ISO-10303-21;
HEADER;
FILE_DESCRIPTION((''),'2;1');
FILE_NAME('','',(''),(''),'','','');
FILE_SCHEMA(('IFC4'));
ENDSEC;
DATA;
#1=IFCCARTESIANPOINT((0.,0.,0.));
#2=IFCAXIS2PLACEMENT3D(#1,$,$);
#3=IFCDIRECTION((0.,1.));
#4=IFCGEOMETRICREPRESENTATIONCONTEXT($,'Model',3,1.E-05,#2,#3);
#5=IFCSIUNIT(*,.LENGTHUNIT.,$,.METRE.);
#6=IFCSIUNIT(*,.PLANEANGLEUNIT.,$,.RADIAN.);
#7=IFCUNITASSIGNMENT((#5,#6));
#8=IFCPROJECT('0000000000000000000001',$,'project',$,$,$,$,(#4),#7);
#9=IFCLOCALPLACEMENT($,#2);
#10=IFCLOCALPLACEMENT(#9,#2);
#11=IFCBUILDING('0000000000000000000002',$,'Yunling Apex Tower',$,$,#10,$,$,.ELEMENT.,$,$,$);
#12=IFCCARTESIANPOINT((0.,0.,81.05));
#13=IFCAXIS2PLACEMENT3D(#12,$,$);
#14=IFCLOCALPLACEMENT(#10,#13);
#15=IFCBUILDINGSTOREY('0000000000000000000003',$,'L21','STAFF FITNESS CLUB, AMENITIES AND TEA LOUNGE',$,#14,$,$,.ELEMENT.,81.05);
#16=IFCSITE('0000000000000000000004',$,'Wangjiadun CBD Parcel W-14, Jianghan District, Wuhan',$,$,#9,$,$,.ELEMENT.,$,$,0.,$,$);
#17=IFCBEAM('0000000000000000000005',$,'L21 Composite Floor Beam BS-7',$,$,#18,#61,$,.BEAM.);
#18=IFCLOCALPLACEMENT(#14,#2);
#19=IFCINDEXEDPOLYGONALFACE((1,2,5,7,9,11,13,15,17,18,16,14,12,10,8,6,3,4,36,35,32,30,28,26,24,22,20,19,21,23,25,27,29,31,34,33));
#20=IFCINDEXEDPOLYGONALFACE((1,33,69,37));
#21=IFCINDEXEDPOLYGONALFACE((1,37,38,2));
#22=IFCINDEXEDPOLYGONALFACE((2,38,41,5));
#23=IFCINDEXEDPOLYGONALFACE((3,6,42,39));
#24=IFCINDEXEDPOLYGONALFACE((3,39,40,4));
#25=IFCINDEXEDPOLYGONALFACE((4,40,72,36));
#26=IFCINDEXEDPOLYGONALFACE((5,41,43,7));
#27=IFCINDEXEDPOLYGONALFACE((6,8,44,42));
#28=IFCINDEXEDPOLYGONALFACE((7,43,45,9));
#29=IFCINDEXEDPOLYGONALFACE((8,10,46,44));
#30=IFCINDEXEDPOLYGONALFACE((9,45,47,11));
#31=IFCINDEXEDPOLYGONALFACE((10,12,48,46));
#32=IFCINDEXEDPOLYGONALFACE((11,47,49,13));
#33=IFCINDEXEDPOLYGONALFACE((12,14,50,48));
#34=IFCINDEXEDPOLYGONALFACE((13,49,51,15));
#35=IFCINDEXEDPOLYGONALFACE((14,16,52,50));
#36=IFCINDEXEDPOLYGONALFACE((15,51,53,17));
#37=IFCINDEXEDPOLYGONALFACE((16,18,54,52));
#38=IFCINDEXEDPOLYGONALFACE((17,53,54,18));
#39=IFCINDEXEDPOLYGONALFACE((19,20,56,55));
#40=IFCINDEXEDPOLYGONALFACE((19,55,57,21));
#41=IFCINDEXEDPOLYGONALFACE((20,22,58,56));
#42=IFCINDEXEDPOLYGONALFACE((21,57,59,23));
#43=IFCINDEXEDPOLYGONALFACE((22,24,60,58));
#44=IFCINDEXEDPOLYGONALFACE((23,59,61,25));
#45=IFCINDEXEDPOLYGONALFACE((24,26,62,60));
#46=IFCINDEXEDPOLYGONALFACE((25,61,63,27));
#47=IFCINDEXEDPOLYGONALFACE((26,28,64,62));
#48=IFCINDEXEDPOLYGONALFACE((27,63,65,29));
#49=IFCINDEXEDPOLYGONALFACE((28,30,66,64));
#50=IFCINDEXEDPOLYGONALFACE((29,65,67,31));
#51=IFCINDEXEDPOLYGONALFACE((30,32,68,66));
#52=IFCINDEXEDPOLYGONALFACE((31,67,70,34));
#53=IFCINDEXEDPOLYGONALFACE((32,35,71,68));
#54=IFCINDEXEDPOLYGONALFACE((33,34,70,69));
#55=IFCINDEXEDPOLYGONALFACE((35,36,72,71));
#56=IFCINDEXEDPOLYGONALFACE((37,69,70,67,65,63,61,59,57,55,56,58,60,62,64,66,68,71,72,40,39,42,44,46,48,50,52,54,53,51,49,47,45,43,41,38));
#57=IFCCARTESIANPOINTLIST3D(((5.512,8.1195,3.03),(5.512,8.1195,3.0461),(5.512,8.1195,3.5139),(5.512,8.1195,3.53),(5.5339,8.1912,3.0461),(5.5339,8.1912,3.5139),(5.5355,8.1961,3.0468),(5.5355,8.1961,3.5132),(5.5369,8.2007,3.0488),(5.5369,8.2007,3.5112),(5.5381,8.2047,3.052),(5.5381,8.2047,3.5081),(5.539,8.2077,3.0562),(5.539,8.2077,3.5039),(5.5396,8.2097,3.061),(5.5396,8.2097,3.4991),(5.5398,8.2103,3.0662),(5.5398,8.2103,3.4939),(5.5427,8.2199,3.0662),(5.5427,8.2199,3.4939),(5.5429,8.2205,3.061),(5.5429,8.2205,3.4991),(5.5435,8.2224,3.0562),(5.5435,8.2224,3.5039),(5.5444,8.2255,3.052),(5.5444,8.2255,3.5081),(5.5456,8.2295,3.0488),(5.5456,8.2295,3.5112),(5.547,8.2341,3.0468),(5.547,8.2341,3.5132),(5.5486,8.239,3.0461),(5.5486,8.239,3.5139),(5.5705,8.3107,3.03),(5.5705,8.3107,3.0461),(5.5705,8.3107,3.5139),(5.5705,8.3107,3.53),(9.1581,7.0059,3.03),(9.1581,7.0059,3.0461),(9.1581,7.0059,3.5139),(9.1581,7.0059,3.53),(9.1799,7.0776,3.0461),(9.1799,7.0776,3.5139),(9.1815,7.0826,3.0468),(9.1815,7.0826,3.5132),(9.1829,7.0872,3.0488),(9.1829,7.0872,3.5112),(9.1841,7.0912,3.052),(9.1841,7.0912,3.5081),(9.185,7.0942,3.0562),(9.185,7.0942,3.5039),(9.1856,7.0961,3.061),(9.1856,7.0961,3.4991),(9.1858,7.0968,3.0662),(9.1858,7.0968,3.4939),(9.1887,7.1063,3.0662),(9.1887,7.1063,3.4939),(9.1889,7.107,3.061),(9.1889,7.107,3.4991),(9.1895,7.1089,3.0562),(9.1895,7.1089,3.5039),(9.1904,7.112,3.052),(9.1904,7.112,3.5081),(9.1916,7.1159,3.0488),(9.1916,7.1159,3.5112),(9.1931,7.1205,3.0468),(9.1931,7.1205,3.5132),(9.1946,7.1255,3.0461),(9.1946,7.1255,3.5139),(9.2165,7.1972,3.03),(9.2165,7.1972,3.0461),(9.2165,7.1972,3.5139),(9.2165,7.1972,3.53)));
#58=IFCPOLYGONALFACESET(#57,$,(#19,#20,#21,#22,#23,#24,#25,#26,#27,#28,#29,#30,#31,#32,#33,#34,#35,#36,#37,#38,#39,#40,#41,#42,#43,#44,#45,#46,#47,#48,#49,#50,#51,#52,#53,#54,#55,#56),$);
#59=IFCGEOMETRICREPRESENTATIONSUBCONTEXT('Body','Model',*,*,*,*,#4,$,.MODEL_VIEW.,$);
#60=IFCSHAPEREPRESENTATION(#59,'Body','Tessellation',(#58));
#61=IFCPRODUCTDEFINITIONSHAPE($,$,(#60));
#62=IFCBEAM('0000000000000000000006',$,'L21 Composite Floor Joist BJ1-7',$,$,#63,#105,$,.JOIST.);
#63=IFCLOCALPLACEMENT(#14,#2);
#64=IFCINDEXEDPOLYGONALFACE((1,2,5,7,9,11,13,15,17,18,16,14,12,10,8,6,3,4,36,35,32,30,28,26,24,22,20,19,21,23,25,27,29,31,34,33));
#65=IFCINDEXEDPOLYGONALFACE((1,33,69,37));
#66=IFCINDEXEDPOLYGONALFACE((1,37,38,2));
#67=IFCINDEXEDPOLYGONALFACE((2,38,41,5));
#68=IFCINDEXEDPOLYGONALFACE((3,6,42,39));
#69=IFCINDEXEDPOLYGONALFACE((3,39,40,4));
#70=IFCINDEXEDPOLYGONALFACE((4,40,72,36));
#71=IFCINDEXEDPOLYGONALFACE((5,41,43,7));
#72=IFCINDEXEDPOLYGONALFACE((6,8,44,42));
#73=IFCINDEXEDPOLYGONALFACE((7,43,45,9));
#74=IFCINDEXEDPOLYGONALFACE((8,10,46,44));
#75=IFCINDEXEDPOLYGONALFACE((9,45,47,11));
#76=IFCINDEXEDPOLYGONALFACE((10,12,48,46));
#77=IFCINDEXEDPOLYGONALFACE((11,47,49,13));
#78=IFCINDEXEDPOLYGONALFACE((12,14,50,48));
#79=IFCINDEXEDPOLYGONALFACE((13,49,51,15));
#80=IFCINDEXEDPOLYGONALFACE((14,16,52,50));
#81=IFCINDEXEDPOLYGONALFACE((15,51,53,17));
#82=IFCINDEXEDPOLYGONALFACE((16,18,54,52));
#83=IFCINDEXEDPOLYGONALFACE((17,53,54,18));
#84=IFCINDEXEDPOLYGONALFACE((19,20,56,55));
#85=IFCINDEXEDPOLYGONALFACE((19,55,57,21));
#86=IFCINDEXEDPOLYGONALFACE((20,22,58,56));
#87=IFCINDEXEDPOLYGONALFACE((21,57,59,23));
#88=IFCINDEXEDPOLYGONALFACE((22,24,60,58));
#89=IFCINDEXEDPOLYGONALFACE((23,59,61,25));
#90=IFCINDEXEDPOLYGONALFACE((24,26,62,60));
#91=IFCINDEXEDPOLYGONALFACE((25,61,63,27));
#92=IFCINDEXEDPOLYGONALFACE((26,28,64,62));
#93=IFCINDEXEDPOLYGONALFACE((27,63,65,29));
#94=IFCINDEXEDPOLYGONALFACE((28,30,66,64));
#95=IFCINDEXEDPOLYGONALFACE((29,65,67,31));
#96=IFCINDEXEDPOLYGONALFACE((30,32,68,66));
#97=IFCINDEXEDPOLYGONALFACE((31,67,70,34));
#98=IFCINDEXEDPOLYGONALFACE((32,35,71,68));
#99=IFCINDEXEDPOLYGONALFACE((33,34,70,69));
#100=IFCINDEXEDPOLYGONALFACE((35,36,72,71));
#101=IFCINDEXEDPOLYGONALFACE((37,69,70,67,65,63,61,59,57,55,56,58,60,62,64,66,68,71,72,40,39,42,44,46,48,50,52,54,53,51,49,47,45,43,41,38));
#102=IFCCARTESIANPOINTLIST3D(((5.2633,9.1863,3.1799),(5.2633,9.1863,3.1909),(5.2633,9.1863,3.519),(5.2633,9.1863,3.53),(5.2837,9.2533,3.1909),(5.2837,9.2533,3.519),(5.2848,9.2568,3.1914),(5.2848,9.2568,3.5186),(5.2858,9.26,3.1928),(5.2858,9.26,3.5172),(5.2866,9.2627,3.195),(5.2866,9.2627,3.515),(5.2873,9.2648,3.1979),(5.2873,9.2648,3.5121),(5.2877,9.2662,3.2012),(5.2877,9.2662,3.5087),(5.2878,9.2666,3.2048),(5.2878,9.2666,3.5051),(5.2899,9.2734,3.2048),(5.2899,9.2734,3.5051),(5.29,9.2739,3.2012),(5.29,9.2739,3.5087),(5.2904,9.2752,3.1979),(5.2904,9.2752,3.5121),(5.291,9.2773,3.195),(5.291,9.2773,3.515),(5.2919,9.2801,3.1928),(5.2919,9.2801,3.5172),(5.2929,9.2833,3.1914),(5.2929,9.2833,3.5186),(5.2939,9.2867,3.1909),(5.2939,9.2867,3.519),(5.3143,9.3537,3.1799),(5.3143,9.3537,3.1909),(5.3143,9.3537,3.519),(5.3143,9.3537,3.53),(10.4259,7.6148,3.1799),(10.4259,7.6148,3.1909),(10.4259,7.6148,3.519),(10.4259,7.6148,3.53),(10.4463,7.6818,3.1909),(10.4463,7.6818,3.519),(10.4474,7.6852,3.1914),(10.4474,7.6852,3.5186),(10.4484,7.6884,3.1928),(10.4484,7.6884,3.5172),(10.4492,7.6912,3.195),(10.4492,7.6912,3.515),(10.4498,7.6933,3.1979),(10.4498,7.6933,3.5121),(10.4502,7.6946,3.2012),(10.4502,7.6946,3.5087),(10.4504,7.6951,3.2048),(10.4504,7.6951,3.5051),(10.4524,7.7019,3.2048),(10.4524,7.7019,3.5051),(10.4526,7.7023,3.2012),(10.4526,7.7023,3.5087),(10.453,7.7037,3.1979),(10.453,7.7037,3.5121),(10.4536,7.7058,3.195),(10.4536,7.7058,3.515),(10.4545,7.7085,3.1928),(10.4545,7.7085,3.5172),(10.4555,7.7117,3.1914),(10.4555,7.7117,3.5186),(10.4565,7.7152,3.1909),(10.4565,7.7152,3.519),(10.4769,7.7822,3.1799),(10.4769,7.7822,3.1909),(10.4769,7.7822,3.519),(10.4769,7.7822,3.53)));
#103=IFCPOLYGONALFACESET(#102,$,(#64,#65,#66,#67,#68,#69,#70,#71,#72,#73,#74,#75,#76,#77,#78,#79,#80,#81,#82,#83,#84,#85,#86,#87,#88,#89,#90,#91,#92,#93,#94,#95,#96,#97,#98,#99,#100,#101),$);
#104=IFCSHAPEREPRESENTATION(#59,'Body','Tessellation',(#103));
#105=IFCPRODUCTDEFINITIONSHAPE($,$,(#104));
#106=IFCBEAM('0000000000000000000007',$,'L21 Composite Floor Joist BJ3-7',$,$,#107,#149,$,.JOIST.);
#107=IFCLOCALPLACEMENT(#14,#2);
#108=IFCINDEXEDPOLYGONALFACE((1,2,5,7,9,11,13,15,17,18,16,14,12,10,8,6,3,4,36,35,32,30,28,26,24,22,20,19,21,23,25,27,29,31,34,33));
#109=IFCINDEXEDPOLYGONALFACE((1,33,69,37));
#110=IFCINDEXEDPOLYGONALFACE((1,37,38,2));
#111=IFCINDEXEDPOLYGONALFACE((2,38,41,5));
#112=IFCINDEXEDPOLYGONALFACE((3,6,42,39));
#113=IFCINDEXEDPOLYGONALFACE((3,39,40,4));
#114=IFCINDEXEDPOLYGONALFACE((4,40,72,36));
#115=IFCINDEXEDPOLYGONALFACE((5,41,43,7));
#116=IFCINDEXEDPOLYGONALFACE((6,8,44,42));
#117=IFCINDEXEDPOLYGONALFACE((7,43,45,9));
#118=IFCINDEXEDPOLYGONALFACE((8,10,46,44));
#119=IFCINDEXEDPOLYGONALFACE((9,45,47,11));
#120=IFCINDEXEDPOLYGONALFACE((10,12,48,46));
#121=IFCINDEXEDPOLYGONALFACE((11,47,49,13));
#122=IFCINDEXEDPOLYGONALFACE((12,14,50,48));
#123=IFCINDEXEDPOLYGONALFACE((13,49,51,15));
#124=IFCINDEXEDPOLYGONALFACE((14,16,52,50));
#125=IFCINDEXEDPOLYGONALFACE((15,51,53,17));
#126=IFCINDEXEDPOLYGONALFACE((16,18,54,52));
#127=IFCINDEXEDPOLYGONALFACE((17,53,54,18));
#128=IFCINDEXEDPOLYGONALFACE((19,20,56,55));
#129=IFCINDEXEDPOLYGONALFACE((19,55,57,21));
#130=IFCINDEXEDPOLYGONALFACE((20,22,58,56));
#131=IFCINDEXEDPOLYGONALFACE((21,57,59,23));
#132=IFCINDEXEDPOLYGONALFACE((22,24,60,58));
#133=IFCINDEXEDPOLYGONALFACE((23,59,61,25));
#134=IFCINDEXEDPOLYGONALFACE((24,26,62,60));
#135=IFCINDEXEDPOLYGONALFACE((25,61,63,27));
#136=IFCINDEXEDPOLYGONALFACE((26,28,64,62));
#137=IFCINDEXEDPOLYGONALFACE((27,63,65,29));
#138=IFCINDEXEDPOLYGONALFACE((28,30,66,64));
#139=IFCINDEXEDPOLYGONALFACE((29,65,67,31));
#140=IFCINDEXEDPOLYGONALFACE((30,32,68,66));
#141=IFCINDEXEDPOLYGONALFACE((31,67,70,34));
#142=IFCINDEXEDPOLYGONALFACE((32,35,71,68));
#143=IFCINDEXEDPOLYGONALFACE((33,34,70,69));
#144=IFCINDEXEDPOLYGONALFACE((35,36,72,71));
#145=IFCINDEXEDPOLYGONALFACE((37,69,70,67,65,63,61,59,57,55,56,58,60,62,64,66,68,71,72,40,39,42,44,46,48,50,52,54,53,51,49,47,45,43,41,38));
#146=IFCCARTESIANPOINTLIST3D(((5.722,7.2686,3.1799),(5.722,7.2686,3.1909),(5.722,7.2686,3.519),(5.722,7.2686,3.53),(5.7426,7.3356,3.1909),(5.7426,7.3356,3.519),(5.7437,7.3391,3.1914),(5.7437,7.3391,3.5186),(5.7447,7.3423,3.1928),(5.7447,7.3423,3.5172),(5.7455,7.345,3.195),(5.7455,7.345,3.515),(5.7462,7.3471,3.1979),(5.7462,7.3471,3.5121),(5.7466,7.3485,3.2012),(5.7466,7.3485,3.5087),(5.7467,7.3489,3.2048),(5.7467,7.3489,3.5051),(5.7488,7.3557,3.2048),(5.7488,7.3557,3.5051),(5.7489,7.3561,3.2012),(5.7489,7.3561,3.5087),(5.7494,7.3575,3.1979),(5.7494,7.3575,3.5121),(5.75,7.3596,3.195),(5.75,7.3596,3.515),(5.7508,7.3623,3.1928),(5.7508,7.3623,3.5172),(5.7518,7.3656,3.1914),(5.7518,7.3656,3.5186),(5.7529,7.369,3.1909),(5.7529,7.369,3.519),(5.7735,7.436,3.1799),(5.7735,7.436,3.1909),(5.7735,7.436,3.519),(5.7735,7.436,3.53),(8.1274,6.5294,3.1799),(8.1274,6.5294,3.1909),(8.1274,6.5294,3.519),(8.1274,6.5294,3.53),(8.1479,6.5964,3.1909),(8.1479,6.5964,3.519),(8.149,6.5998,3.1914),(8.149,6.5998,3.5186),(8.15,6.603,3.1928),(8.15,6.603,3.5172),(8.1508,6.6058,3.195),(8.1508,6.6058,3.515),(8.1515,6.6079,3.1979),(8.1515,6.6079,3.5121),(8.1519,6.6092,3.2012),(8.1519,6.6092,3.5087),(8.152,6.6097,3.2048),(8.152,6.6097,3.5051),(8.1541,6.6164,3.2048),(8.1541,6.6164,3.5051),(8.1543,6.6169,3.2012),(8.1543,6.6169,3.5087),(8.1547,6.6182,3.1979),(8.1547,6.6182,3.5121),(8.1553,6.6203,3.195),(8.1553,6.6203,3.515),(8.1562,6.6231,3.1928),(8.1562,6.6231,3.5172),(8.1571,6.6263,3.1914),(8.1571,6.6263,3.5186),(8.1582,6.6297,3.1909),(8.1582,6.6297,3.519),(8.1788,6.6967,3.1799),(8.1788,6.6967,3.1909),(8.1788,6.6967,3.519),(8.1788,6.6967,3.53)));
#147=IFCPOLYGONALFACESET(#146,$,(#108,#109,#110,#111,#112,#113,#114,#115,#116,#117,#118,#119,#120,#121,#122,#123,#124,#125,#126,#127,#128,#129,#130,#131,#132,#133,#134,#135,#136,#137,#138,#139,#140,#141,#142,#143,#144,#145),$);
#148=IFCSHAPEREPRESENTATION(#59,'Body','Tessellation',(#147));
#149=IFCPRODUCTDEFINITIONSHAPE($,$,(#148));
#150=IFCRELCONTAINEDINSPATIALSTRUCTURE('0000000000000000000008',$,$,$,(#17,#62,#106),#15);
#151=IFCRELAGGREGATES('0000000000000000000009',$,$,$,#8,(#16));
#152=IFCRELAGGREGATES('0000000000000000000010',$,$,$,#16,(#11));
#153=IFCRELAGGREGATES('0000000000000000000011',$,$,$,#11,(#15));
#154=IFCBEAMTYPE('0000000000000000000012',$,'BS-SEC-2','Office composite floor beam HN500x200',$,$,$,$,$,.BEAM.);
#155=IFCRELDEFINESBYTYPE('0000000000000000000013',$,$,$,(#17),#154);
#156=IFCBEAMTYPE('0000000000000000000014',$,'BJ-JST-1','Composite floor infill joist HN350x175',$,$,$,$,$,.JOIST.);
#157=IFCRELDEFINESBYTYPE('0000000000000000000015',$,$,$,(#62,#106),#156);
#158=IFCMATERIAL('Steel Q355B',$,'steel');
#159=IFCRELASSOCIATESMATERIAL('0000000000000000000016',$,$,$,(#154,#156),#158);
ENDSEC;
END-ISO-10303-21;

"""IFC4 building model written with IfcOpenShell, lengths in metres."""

from ifc_helpers import new_model, si_unit, direction, frame, origin, origin_2d, place, context, subcontext, project, spatial, i_section, extrude, source, transform, mapped, material, material_profile, profile_set, type_object, element, save


model = new_model("IFC4")

# Units and contexts
model_context = context("Model", 3, precision=1e-05, world=origin(), true_north=direction((0.0, 1.0)))
body_context = subcontext(model_context, "Body", "Model", "MODEL_VIEW")
ifc_project = project(units=[si_unit("LENGTHUNIT", "METRE"), si_unit("PLANEANGLEUNIT", "RADIAN")], contexts=[model_context])

# Site, building, storey
site_placement = place(None, origin())
site = spatial("IfcSite", under=ifc_project, at=site_placement, Name="Wangjiadun CBD Parcel W-14, Jianghan District, Wuhan", CompositionType="ELEMENT", RefElevation=0.0)
building_placement = place(site_placement, origin())
building = spatial("IfcBuilding", under=site, at=building_placement, Name="Yunling Apex Tower", CompositionType="ELEMENT")
storey_placement = place(building_placement, frame((0.0, 0.0, 81.05)))
storey = spatial("IfcBuildingStorey", under=building, at=storey_placement, Name="L21", Description="STAFF FITNESS CLUB, AMENITIES AND TEA LOUNGE", CompositionType="ELEMENT", Elevation=81.05)

# Beams
ifc_material_1 = material(Name="Steel Q355B", Category="steel")
ifc_material_profile_1 = material_profile(ifc_material_1, i_section(OverallWidth=0.2, OverallDepth=0.5, WebThickness=0.01, FlangeThickness=0.0161, FilletRadius=0.02, at=origin_2d()))
ifc_profile_set_1 = profile_set([ifc_material_profile_1], Name="Steel Q355B")
beam_type_1 = type_object("IfcBeamType", Name="BS-SEC-2", Description="Office composite floor beam HN500x200", PredefinedType="BEAM", material=ifc_profile_set_1)
shared_shape_1 = source(origin(), body_context, "Body", "SweptSolid", [
    extrude(i_section(OverallWidth=0.2, OverallDepth=0.5, WebThickness=0.01, FlangeThickness=0.0161, FilletRadius=0.02, at=origin_2d()), origin(), (0.0, 0.0, 1.0), 3.8123),
])
beam_1_placement = place(storey_placement, frame((9.1873, 7.1016, 3.28), z_axis=(-0.95639, 0.292092, 0.0), x_axis=(-0.292092, -0.95639, 0.0)))
element("IfcBeam", 1, at=beam_1_placement, inside=storey, type_object=beam_type_1, Name="L21 Composite Floor Beam BS-7", PredefinedType="BEAM", context=body_context, shape_type="MappedRepresentation", body=[
    mapped(shared_shape_1, transform((0.0, 0.0, 0.0), scale=1.0)),
])
ifc_material_profile_2 = material_profile(ifc_material_1, i_section(OverallWidth=0.175, OverallDepth=0.3501, WebThickness=0.0071, FlangeThickness=0.011, FilletRadius=0.0139, at=origin_2d()))
ifc_profile_set_2 = profile_set([ifc_material_profile_2], Name="Steel Q355B")
beam_type_2 = type_object("IfcBeamType", Name="BJ-JST-1", Description="Composite floor infill joist HN350x175", PredefinedType="JOIST", material=ifc_profile_set_2)
shared_shape_2 = source(origin(), body_context, "Body", "SweptSolid", [
    extrude(i_section(OverallWidth=0.175, OverallDepth=0.3501, WebThickness=0.0071, FlangeThickness=0.011, FilletRadius=0.0139, at=origin_2d()), origin(), (0.0, 0.0, 1.0), 5.3965),
])
beam_2_placement = place(storey_placement, frame((10.4514, 7.6985, 3.355), z_axis=(-0.956658, 0.291214, 0.0), x_axis=(-0.291214, -0.956658, 0.0)))
element("IfcBeam", 2, at=beam_2_placement, inside=storey, type_object=beam_type_2, Name="L21 Composite Floor Joist BJ1-7", PredefinedType="JOIST", context=body_context, shape_type="MappedRepresentation", body=[
    mapped(shared_shape_2, transform((0.0, 0.0, 0.0), scale=1.0)),
])
shared_shape_3 = source(origin(), body_context, "Body", "SweptSolid", [
    extrude(i_section(OverallWidth=0.175, OverallDepth=0.3501, WebThickness=0.0071, FlangeThickness=0.011, FilletRadius=0.0139, at=origin_2d()), origin(), (0.0, 0.0, 1.0), 2.5164),
])
beam_3_placement = place(storey_placement, frame((8.1531, 6.613, 3.355), z_axis=(-0.955871, 0.293786, 0.0), x_axis=(-0.293786, -0.955871, 0.0)))
element("IfcBeam", 3, at=beam_3_placement, inside=storey, type_object=beam_type_2, Name="L21 Composite Floor Joist BJ3-7", PredefinedType="JOIST", context=body_context, shape_type="MappedRepresentation", body=[
    mapped(shared_shape_3, transform((0.0, 0.0, 0.0), scale=1.0)),
])

save(model, "model.ifc")
